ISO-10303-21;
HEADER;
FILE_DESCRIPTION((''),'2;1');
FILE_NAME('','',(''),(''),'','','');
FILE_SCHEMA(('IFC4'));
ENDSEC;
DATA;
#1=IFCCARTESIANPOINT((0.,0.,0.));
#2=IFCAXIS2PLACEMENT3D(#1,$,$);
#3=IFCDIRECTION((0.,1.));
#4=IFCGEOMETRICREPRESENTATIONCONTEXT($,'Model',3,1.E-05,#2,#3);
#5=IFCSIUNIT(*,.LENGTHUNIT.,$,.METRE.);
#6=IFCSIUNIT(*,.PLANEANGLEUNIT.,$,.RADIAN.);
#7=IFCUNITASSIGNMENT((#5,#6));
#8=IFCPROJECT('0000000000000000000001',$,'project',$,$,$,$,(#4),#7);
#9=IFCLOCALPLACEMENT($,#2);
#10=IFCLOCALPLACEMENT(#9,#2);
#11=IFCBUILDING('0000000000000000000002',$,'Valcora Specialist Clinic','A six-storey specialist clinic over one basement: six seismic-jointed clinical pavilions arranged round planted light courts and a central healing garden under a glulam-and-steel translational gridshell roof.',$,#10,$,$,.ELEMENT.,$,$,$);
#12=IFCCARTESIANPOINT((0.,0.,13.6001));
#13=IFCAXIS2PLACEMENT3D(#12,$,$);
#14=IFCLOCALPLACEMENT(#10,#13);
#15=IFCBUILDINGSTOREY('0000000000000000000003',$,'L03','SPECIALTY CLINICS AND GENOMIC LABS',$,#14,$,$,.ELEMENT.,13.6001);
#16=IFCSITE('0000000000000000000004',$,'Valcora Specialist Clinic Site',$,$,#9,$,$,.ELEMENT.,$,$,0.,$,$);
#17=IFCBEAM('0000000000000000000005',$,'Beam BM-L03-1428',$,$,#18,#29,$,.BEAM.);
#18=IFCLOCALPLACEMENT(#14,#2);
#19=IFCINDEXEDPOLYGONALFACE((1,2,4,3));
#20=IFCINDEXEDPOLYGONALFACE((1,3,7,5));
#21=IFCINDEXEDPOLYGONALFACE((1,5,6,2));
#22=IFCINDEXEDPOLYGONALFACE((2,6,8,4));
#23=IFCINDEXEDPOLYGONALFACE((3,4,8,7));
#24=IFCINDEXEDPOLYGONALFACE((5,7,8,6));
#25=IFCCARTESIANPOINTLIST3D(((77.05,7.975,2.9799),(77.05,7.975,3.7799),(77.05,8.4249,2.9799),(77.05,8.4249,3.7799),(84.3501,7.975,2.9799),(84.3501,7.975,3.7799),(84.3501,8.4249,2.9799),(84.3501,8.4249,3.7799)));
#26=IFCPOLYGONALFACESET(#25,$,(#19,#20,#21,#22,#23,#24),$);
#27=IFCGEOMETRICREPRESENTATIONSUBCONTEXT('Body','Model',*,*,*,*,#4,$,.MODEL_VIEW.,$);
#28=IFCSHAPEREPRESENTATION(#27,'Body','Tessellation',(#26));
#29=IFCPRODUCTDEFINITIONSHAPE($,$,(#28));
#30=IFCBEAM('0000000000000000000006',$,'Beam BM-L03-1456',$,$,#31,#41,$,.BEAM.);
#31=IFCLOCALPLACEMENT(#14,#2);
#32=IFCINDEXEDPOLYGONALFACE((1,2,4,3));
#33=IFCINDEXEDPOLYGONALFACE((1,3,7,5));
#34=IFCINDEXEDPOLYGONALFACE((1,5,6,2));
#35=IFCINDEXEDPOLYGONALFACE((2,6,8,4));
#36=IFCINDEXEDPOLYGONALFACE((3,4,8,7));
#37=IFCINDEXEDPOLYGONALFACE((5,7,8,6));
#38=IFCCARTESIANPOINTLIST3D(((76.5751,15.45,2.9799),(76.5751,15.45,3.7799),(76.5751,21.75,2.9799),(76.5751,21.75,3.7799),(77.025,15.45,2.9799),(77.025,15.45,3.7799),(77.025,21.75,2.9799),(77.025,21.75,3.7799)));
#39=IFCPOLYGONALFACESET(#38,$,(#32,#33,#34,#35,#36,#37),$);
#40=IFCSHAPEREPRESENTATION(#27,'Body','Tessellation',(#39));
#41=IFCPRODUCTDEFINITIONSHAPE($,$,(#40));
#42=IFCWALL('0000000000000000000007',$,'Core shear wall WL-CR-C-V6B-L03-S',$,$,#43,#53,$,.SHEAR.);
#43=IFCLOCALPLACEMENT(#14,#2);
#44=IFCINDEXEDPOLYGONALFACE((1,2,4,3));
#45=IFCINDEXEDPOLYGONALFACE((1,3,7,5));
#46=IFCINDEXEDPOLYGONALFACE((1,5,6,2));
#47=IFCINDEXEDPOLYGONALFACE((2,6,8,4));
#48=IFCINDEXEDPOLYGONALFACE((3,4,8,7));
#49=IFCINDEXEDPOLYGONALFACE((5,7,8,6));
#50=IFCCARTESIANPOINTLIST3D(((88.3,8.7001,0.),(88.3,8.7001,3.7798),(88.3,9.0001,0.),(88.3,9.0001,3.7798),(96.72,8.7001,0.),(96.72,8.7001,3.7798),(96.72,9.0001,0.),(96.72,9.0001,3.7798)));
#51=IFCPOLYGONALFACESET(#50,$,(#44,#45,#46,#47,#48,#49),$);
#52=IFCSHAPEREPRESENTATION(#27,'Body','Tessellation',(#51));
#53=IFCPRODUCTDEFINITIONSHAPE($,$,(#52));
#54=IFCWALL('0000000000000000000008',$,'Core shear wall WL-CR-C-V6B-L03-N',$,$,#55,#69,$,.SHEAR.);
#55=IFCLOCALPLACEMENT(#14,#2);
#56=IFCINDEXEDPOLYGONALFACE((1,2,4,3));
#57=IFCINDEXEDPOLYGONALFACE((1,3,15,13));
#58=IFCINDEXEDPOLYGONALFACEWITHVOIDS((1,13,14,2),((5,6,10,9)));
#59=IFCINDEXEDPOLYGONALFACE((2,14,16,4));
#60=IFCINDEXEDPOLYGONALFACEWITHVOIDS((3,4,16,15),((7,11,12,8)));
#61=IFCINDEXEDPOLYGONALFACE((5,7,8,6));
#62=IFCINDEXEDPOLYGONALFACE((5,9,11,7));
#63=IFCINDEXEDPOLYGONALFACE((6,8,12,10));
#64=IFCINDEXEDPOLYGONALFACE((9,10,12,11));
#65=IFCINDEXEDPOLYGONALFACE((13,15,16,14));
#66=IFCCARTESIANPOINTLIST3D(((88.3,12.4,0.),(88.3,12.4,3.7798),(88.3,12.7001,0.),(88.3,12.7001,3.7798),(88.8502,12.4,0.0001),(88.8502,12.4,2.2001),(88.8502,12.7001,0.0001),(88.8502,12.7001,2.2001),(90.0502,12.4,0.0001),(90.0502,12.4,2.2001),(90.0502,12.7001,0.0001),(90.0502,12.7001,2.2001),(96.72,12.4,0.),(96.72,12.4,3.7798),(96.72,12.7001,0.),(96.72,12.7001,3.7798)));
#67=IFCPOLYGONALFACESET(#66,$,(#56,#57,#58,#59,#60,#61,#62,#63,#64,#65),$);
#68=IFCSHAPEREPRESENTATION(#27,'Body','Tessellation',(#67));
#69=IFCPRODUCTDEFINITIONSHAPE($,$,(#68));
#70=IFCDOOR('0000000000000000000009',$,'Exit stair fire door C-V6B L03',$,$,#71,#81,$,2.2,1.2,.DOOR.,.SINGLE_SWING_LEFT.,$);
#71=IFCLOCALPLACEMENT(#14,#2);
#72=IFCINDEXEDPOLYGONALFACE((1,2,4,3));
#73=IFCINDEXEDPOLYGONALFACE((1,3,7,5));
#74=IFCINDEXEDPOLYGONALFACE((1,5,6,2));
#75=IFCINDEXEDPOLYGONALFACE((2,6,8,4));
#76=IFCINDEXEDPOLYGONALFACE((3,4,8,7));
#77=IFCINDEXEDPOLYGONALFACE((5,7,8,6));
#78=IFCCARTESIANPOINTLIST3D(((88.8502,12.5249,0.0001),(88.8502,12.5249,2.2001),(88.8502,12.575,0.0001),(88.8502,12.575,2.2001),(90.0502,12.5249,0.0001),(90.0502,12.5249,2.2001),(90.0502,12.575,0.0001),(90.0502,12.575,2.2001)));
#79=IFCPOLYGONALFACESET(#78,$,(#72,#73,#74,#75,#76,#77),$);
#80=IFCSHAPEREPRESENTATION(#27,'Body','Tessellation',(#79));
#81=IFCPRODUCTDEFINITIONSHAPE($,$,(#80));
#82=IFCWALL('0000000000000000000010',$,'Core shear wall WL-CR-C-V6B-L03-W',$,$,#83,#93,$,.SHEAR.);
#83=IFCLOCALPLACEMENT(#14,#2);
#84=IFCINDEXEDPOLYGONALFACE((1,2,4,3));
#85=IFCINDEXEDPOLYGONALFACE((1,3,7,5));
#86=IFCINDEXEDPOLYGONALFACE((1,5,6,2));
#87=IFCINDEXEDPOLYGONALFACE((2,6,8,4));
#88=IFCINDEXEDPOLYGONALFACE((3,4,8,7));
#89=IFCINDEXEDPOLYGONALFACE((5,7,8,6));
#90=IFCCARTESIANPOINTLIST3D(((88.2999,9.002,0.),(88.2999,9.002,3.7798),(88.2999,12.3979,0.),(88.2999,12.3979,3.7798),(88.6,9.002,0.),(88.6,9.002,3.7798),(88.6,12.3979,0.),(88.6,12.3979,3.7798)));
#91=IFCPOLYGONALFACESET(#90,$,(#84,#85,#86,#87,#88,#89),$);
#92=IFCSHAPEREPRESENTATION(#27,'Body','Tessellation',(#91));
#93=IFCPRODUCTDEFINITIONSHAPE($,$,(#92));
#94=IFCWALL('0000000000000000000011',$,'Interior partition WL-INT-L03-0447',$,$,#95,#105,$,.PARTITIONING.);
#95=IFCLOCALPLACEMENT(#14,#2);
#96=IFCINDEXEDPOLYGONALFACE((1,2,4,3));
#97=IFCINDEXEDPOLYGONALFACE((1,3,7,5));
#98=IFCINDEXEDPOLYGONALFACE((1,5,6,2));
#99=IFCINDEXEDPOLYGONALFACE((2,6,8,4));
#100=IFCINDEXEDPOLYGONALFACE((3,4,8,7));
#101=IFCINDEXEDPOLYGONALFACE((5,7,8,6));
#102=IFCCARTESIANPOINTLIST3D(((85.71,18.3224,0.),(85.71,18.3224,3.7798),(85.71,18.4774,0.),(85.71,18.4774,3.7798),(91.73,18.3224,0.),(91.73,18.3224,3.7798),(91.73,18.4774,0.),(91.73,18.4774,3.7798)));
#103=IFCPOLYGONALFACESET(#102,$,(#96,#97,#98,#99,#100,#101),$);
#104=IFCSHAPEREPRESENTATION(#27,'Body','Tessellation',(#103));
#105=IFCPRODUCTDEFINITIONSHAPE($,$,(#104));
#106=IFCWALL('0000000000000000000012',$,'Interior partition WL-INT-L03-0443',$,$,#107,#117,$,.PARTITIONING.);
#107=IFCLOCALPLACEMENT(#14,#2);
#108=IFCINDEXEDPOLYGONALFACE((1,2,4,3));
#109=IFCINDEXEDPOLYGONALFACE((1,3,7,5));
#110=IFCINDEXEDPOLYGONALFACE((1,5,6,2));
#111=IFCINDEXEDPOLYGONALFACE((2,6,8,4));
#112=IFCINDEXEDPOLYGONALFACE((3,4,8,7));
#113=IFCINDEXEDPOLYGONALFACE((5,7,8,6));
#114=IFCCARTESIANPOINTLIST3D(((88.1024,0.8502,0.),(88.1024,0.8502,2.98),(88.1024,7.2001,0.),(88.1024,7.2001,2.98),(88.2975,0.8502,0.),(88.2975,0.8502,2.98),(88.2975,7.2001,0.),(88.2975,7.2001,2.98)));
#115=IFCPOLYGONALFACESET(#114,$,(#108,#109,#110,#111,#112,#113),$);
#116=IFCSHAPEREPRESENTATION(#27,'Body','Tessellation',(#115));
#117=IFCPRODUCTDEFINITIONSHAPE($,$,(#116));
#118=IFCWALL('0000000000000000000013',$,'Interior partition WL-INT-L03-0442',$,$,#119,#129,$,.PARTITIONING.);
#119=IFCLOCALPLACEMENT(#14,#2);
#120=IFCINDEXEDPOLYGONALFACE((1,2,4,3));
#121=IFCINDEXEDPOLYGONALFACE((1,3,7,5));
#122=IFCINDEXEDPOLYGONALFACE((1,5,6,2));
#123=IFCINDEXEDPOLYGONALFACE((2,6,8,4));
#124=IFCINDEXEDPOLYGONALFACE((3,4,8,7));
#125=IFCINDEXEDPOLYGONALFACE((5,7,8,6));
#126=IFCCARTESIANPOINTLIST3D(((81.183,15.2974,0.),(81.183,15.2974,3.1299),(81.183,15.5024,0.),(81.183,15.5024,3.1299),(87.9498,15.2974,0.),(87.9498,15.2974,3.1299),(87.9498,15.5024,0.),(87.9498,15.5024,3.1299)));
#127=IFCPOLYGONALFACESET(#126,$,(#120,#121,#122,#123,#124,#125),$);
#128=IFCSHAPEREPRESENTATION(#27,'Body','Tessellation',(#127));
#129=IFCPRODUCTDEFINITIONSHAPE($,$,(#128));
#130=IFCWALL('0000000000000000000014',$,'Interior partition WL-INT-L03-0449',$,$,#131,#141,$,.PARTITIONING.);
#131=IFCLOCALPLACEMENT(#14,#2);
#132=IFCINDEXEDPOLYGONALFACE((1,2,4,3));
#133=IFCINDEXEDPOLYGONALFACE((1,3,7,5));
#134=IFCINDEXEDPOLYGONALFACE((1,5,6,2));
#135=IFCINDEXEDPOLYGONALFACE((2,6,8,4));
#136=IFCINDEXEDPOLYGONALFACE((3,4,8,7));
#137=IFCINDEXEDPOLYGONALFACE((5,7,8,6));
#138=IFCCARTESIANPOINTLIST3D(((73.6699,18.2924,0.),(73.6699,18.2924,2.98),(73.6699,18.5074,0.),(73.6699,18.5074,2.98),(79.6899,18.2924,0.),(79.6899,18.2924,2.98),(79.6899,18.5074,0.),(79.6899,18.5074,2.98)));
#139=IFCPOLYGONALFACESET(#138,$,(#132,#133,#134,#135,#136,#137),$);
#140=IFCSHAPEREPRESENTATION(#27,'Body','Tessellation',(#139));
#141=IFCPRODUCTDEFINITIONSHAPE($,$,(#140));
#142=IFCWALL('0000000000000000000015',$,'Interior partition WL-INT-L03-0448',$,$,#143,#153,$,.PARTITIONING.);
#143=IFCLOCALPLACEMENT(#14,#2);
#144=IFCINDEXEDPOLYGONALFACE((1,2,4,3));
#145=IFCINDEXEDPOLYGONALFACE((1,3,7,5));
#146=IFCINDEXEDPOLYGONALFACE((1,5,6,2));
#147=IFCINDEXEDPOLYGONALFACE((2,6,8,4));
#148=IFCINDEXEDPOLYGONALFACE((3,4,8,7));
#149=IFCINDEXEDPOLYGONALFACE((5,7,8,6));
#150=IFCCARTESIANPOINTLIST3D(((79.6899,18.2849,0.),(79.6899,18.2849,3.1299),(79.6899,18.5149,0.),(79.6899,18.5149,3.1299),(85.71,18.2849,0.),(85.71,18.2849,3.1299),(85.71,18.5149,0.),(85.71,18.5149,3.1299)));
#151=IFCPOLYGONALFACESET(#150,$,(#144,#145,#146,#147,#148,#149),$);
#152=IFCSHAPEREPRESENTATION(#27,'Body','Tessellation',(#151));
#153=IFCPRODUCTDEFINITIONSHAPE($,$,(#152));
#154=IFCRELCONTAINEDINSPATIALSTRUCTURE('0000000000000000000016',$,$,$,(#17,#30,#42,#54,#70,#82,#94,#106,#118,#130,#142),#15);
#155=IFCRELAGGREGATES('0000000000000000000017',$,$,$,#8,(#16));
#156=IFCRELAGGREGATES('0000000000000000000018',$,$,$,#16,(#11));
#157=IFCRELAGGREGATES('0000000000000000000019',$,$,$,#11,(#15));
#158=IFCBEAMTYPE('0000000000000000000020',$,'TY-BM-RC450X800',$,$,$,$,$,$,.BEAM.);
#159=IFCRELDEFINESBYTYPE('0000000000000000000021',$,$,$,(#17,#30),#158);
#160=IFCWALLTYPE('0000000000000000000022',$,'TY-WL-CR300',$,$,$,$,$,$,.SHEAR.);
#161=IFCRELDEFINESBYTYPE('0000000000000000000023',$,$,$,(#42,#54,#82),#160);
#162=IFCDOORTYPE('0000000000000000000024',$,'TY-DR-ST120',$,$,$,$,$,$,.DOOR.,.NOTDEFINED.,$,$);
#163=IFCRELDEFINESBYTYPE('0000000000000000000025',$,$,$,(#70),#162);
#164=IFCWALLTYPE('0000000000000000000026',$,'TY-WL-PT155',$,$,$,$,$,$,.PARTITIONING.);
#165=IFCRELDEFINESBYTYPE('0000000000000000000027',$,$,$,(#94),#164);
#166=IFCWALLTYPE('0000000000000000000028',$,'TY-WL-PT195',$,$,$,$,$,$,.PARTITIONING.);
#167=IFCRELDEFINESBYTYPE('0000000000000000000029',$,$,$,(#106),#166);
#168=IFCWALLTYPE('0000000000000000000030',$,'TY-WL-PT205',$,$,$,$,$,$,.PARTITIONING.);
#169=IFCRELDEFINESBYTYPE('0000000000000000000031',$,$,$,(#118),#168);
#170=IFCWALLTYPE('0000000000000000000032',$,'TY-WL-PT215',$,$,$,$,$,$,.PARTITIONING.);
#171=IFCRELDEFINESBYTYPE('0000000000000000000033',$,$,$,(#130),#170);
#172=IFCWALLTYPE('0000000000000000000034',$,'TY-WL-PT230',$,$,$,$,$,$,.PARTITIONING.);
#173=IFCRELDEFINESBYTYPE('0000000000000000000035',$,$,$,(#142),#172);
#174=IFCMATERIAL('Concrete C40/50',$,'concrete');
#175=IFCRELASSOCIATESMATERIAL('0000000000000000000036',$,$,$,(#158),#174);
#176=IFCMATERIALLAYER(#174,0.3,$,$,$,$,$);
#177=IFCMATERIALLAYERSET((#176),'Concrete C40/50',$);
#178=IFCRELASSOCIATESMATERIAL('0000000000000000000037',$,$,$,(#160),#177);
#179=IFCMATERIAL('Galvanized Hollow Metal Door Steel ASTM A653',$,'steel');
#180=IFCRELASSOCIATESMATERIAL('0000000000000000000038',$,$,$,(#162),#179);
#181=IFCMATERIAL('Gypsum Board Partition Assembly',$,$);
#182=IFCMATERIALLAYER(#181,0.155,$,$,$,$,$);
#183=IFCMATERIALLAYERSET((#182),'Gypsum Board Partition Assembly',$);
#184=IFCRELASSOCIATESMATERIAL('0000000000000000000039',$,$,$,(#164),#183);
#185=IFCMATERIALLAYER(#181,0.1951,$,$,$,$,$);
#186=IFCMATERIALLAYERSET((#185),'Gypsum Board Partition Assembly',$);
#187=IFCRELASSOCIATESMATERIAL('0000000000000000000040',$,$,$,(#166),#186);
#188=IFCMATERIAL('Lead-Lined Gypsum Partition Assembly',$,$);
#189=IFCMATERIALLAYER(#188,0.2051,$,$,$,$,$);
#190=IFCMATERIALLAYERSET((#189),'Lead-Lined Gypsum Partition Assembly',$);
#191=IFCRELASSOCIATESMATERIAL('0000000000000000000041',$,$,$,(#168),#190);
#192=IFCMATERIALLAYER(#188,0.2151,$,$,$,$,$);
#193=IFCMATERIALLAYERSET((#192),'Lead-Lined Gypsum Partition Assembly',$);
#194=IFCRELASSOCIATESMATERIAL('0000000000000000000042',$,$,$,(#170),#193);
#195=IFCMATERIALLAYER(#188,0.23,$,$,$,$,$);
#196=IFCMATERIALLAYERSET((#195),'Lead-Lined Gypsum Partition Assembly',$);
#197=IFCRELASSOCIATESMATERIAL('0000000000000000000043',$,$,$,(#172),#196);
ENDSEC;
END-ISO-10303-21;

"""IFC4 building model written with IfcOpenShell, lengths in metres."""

from ifc_helpers import new_model, si_unit, direction, frame, frame_2d, origin, origin_2d, place, context, subcontext, project, spatial, rectangle, extrude, material, layer, layer_set, material_profile, profile_set, type_object, element, fill, save


model = new_model("IFC4")

# Units and contexts
model_context = context("Model", 3, precision=1e-05, world=origin(), true_north=direction((0.0, 1.0)))
body_context = subcontext(model_context, "Body", "Model", "MODEL_VIEW")
ifc_project = project(units=[si_unit("LENGTHUNIT", "METRE"), si_unit("PLANEANGLEUNIT", "RADIAN")], contexts=[model_context])

# Site, building, storey
site_placement = place(None, origin())
site = spatial("IfcSite", under=ifc_project, at=site_placement, Name="Valcora Specialist Clinic Site", CompositionType="ELEMENT", RefElevation=0.0)
building_placement = place(site_placement, origin())
building = spatial("IfcBuilding", under=site, at=building_placement, Name="Valcora Specialist Clinic", Description="A six-storey specialist clinic over one basement: six seismic-jointed clinical pavilions arranged round planted light courts and a central healing garden under a glulam-and-steel translational gridshell roof.", CompositionType="ELEMENT")
storey_placement = place(building_placement, frame((0.0, 0.0, 13.6001)))
storey = spatial("IfcBuildingStorey", under=building, at=storey_placement, Name="L03", Description="SPECIALTY CLINICS AND GENOMIC LABS", CompositionType="ELEMENT", Elevation=13.6001)

# Shared definitions
ifc_material_1 = material(Name="Concrete C40/50", Category="concrete")

# Beams
ifc_material_profile_1 = material_profile(ifc_material_1, rectangle(XDim=0.45, YDim=0.8, at=origin_2d()), Name="RC-BM-450X800")
ifc_profile_set_1 = profile_set([ifc_material_profile_1], Name="Concrete C40/50")
beam_type_1 = type_object("IfcBeamType", Name="TY-BM-RC450X800", PredefinedType="BEAM", material=ifc_profile_set_1)
beam_1_placement = place(storey_placement, frame((77.05, 8.2, 3.3799), z_axis=(1.0, 0.0, 0.0), x_axis=(0.0, 1.0, 0.0)))
element("IfcBeam", 1, at=beam_1_placement, inside=storey, type_object=beam_type_1, Name="Beam BM-L03-1428", PredefinedType="BEAM", context=body_context, shape_type="SweptSolid", body=[
    extrude(rectangle(XDim=0.45, YDim=0.8, at=origin_2d()), origin(), (0.0, 0.0, 1.0), 7.3),
])
beam_2_placement = place(storey_placement, frame((76.8, 15.45, 3.3799), z_axis=(0.0, 1.0, 0.0), x_axis=(-1.0, 0.0, 0.0)))
element("IfcBeam", 2, at=beam_2_placement, inside=storey, type_object=beam_type_1, Name="Beam BM-L03-1456", PredefinedType="BEAM", context=body_context, shape_type="SweptSolid", body=[
    extrude(rectangle(XDim=0.45, YDim=0.8, at=origin_2d()), origin(), (0.0, 0.0, 1.0), 6.3),
])

# Wall
ifc_layer_1 = layer(ifc_material_1, 0.3)
ifc_layer_set_1 = layer_set([ifc_layer_1], Name="Concrete C40/50")
wall_type_1 = type_object("IfcWallType", Name="TY-WL-CR300", PredefinedType="SHEAR", material=ifc_layer_set_1)
wall_1_placement = place(storey_placement, frame((88.3, 8.8501, 0.0), z_axis=(0.0, 0.0, 1.0), x_axis=(1.0, 0.0, 0.0)))
element("IfcWall", 3, at=wall_1_placement, inside=storey, type_object=wall_type_1, Name="Core shear wall WL-CR-C-V6B-L03-S", PredefinedType="SHEAR", context=body_context, shape_type="SweptSolid", body=[
    extrude(rectangle(XDim=8.4199, YDim=0.3, at=frame_2d((4.21, 0.0))), origin(), (0.0, 0.0, 1.0), 3.7798),
])

# Wall, opening, door
wall_2_placement = place(storey_placement, frame((88.3, 12.55, 0.0), z_axis=(0.0, 0.0, 1.0), x_axis=(1.0, 0.0, 0.0)))
wall_2 = element("IfcWall", 4, at=wall_2_placement, inside=storey, type_object=wall_type_1, Name="Core shear wall WL-CR-C-V6B-L03-N", PredefinedType="SHEAR", context=body_context, shape_type="SweptSolid", body=[
    extrude(rectangle(XDim=8.4199, YDim=0.3, at=frame_2d((4.21, 0.0))), origin(), (0.0, 0.0, 1.0), 3.7798),
])
opening_placement = place(wall_2_placement, frame((0.55, 0.0, 0.0)))
opening = element("IfcOpeningElement", 5, at=opening_placement, cuts=wall_2, PredefinedType="OPENING", context=body_context, shape_type="SweptSolid", body=[
    extrude(rectangle(XDim=1.2, YDim=2.2, at=frame_2d((0.6001, 1.1001))), frame((0.0, 0.1599, 0.0), z_axis=(0.0, -1.0, 0.0), x_axis=(1.0, 0.0, 0.0)), (0.0, 0.0, 1.0), 0.3201),
])
ifc_material_2 = material(Name="Galvanized Hollow Metal Door Steel ASTM A653", Category="steel")
door_type = type_object("IfcDoorType", Name="TY-DR-ST120", OperationType="NOTDEFINED", PredefinedType="DOOR", material=ifc_material_2)
door_placement = place(opening_placement, origin())
door = element("IfcDoor", 6, at=door_placement, inside=storey, type_object=door_type, Name="Exit stair fire door C-V6B L03", OperationType="SINGLE_SWING_LEFT", OverallHeight=2.2, OverallWidth=1.2, PredefinedType="DOOR", context=body_context, shape_type="SweptSolid", body=[
    extrude(rectangle(XDim=1.2, YDim=2.2, at=frame_2d((0.6001, 1.1001))), frame((0.0, 0.0249, 0.0), z_axis=(0.0, -1.0, 0.0), x_axis=(1.0, 0.0, 0.0)), (0.0, 0.0, 1.0), 0.05),
])
fill(opening, door)

# Walls
wall_3_placement = place(storey_placement, frame((88.45, 9.002, 0.0), z_axis=(0.0, 0.0, 1.0), x_axis=(0.0, 1.0, 0.0)))
element("IfcWall", 7, at=wall_3_placement, inside=storey, type_object=wall_type_1, Name="Core shear wall WL-CR-C-V6B-L03-W", PredefinedType="SHEAR", context=body_context, shape_type="SweptSolid", body=[
    extrude(rectangle(XDim=3.396, YDim=0.3, at=frame_2d((1.698, 0.0))), origin(), (0.0, 0.0, 1.0), 3.7798),
])
ifc_material_3 = material(Name="Gypsum Board Partition Assembly")
ifc_layer_2 = layer(ifc_material_3, 0.155)
ifc_layer_set_2 = layer_set([ifc_layer_2], Name="Gypsum Board Partition Assembly")
wall_type_2 = type_object("IfcWallType", Name="TY-WL-PT155", PredefinedType="PARTITIONING", material=ifc_layer_set_2)
wall_4_placement = place(storey_placement, frame((91.73, 18.3999, 0.0), z_axis=(0.0, 0.0, 1.0), x_axis=(-1.0, 0.0, 0.0)))
element("IfcWall", 8, at=wall_4_placement, inside=storey, type_object=wall_type_2, Name="Interior partition WL-INT-L03-0447", PredefinedType="PARTITIONING", context=body_context, shape_type="SweptSolid", body=[
    extrude(rectangle(XDim=6.02, YDim=0.155, at=frame_2d((3.01, 0.0))), origin(), (0.0, 0.0, 1.0), 3.7798),
])
ifc_layer_3 = layer(ifc_material_3, 0.1951)
ifc_layer_set_3 = layer_set([ifc_layer_3], Name="Gypsum Board Partition Assembly")
wall_type_3 = type_object("IfcWallType", Name="TY-WL-PT195", PredefinedType="PARTITIONING", material=ifc_layer_set_3)
wall_5_placement = place(storey_placement, frame((88.2, 7.2, 0.0), z_axis=(0.0, 0.0, 1.0), x_axis=(0.0, -1.0, 0.0)))
element("IfcWall", 9, at=wall_5_placement, inside=storey, type_object=wall_type_3, Name="Interior partition WL-INT-L03-0443", PredefinedType="PARTITIONING", context=body_context, shape_type="SweptSolid", body=[
    extrude(rectangle(XDim=6.3499, YDim=0.1951, at=frame_2d((3.1748, 0.0))), origin(), (0.0, 0.0, 1.0), 2.98),
])
ifc_material_4 = material(Name="Lead-Lined Gypsum Partition Assembly")
ifc_layer_4 = layer(ifc_material_4, 0.2051)
ifc_layer_set_4 = layer_set([ifc_layer_4], Name="Lead-Lined Gypsum Partition Assembly")
wall_type_4 = type_object("IfcWallType", Name="TY-WL-PT205", PredefinedType="PARTITIONING", material=ifc_layer_set_4)
wall_6_placement = place(storey_placement, frame((81.1831, 15.3999, 0.0), z_axis=(0.0, 0.0, 1.0), x_axis=(1.0, 0.0, 0.0)))
element("IfcWall", 10, at=wall_6_placement, inside=storey, type_object=wall_type_4, Name="Interior partition WL-INT-L03-0442", PredefinedType="PARTITIONING", context=body_context, shape_type="SweptSolid", body=[
    extrude(rectangle(XDim=6.7668, YDim=0.2051, at=frame_2d((3.3833, 0.0))), origin(), (0.0, 0.0, 1.0), 3.1299),
])
ifc_layer_5 = layer(ifc_material_4, 0.2151)
ifc_layer_set_5 = layer_set([ifc_layer_5], Name="Lead-Lined Gypsum Partition Assembly")
wall_type_5 = type_object("IfcWallType", Name="TY-WL-PT215", PredefinedType="PARTITIONING", material=ifc_layer_set_5)
wall_7_placement = place(storey_placement, frame((79.6899, 18.3999, 0.0), z_axis=(0.0, 0.0, 1.0), x_axis=(-1.0, 0.0, 0.0)))
element("IfcWall", 11, at=wall_7_placement, inside=storey, type_object=wall_type_5, Name="Interior partition WL-INT-L03-0449", PredefinedType="PARTITIONING", context=body_context, shape_type="SweptSolid", body=[
    extrude(rectangle(XDim=6.02, YDim=0.2151, at=frame_2d((3.01, 0.0))), origin(), (0.0, 0.0, 1.0), 2.98),
])
ifc_layer_6 = layer(ifc_material_4, 0.23)
ifc_layer_set_6 = layer_set([ifc_layer_6], Name="Lead-Lined Gypsum Partition Assembly")
wall_type_6 = type_object("IfcWallType", Name="TY-WL-PT230", PredefinedType="PARTITIONING", material=ifc_layer_set_6)
wall_8_placement = place(storey_placement, frame((85.71, 18.3999, 0.0), z_axis=(0.0, 0.0, 1.0), x_axis=(-1.0, 0.0, 0.0)))
element("IfcWall", 12, at=wall_8_placement, inside=storey, type_object=wall_type_6, Name="Interior partition WL-INT-L03-0448", PredefinedType="PARTITIONING", context=body_context, shape_type="SweptSolid", body=[
    extrude(rectangle(XDim=6.02, YDim=0.23, at=frame_2d((3.01, 0.0))), origin(), (0.0, 0.0, 1.0), 3.1299),
])

save(model, "model.ifc")
